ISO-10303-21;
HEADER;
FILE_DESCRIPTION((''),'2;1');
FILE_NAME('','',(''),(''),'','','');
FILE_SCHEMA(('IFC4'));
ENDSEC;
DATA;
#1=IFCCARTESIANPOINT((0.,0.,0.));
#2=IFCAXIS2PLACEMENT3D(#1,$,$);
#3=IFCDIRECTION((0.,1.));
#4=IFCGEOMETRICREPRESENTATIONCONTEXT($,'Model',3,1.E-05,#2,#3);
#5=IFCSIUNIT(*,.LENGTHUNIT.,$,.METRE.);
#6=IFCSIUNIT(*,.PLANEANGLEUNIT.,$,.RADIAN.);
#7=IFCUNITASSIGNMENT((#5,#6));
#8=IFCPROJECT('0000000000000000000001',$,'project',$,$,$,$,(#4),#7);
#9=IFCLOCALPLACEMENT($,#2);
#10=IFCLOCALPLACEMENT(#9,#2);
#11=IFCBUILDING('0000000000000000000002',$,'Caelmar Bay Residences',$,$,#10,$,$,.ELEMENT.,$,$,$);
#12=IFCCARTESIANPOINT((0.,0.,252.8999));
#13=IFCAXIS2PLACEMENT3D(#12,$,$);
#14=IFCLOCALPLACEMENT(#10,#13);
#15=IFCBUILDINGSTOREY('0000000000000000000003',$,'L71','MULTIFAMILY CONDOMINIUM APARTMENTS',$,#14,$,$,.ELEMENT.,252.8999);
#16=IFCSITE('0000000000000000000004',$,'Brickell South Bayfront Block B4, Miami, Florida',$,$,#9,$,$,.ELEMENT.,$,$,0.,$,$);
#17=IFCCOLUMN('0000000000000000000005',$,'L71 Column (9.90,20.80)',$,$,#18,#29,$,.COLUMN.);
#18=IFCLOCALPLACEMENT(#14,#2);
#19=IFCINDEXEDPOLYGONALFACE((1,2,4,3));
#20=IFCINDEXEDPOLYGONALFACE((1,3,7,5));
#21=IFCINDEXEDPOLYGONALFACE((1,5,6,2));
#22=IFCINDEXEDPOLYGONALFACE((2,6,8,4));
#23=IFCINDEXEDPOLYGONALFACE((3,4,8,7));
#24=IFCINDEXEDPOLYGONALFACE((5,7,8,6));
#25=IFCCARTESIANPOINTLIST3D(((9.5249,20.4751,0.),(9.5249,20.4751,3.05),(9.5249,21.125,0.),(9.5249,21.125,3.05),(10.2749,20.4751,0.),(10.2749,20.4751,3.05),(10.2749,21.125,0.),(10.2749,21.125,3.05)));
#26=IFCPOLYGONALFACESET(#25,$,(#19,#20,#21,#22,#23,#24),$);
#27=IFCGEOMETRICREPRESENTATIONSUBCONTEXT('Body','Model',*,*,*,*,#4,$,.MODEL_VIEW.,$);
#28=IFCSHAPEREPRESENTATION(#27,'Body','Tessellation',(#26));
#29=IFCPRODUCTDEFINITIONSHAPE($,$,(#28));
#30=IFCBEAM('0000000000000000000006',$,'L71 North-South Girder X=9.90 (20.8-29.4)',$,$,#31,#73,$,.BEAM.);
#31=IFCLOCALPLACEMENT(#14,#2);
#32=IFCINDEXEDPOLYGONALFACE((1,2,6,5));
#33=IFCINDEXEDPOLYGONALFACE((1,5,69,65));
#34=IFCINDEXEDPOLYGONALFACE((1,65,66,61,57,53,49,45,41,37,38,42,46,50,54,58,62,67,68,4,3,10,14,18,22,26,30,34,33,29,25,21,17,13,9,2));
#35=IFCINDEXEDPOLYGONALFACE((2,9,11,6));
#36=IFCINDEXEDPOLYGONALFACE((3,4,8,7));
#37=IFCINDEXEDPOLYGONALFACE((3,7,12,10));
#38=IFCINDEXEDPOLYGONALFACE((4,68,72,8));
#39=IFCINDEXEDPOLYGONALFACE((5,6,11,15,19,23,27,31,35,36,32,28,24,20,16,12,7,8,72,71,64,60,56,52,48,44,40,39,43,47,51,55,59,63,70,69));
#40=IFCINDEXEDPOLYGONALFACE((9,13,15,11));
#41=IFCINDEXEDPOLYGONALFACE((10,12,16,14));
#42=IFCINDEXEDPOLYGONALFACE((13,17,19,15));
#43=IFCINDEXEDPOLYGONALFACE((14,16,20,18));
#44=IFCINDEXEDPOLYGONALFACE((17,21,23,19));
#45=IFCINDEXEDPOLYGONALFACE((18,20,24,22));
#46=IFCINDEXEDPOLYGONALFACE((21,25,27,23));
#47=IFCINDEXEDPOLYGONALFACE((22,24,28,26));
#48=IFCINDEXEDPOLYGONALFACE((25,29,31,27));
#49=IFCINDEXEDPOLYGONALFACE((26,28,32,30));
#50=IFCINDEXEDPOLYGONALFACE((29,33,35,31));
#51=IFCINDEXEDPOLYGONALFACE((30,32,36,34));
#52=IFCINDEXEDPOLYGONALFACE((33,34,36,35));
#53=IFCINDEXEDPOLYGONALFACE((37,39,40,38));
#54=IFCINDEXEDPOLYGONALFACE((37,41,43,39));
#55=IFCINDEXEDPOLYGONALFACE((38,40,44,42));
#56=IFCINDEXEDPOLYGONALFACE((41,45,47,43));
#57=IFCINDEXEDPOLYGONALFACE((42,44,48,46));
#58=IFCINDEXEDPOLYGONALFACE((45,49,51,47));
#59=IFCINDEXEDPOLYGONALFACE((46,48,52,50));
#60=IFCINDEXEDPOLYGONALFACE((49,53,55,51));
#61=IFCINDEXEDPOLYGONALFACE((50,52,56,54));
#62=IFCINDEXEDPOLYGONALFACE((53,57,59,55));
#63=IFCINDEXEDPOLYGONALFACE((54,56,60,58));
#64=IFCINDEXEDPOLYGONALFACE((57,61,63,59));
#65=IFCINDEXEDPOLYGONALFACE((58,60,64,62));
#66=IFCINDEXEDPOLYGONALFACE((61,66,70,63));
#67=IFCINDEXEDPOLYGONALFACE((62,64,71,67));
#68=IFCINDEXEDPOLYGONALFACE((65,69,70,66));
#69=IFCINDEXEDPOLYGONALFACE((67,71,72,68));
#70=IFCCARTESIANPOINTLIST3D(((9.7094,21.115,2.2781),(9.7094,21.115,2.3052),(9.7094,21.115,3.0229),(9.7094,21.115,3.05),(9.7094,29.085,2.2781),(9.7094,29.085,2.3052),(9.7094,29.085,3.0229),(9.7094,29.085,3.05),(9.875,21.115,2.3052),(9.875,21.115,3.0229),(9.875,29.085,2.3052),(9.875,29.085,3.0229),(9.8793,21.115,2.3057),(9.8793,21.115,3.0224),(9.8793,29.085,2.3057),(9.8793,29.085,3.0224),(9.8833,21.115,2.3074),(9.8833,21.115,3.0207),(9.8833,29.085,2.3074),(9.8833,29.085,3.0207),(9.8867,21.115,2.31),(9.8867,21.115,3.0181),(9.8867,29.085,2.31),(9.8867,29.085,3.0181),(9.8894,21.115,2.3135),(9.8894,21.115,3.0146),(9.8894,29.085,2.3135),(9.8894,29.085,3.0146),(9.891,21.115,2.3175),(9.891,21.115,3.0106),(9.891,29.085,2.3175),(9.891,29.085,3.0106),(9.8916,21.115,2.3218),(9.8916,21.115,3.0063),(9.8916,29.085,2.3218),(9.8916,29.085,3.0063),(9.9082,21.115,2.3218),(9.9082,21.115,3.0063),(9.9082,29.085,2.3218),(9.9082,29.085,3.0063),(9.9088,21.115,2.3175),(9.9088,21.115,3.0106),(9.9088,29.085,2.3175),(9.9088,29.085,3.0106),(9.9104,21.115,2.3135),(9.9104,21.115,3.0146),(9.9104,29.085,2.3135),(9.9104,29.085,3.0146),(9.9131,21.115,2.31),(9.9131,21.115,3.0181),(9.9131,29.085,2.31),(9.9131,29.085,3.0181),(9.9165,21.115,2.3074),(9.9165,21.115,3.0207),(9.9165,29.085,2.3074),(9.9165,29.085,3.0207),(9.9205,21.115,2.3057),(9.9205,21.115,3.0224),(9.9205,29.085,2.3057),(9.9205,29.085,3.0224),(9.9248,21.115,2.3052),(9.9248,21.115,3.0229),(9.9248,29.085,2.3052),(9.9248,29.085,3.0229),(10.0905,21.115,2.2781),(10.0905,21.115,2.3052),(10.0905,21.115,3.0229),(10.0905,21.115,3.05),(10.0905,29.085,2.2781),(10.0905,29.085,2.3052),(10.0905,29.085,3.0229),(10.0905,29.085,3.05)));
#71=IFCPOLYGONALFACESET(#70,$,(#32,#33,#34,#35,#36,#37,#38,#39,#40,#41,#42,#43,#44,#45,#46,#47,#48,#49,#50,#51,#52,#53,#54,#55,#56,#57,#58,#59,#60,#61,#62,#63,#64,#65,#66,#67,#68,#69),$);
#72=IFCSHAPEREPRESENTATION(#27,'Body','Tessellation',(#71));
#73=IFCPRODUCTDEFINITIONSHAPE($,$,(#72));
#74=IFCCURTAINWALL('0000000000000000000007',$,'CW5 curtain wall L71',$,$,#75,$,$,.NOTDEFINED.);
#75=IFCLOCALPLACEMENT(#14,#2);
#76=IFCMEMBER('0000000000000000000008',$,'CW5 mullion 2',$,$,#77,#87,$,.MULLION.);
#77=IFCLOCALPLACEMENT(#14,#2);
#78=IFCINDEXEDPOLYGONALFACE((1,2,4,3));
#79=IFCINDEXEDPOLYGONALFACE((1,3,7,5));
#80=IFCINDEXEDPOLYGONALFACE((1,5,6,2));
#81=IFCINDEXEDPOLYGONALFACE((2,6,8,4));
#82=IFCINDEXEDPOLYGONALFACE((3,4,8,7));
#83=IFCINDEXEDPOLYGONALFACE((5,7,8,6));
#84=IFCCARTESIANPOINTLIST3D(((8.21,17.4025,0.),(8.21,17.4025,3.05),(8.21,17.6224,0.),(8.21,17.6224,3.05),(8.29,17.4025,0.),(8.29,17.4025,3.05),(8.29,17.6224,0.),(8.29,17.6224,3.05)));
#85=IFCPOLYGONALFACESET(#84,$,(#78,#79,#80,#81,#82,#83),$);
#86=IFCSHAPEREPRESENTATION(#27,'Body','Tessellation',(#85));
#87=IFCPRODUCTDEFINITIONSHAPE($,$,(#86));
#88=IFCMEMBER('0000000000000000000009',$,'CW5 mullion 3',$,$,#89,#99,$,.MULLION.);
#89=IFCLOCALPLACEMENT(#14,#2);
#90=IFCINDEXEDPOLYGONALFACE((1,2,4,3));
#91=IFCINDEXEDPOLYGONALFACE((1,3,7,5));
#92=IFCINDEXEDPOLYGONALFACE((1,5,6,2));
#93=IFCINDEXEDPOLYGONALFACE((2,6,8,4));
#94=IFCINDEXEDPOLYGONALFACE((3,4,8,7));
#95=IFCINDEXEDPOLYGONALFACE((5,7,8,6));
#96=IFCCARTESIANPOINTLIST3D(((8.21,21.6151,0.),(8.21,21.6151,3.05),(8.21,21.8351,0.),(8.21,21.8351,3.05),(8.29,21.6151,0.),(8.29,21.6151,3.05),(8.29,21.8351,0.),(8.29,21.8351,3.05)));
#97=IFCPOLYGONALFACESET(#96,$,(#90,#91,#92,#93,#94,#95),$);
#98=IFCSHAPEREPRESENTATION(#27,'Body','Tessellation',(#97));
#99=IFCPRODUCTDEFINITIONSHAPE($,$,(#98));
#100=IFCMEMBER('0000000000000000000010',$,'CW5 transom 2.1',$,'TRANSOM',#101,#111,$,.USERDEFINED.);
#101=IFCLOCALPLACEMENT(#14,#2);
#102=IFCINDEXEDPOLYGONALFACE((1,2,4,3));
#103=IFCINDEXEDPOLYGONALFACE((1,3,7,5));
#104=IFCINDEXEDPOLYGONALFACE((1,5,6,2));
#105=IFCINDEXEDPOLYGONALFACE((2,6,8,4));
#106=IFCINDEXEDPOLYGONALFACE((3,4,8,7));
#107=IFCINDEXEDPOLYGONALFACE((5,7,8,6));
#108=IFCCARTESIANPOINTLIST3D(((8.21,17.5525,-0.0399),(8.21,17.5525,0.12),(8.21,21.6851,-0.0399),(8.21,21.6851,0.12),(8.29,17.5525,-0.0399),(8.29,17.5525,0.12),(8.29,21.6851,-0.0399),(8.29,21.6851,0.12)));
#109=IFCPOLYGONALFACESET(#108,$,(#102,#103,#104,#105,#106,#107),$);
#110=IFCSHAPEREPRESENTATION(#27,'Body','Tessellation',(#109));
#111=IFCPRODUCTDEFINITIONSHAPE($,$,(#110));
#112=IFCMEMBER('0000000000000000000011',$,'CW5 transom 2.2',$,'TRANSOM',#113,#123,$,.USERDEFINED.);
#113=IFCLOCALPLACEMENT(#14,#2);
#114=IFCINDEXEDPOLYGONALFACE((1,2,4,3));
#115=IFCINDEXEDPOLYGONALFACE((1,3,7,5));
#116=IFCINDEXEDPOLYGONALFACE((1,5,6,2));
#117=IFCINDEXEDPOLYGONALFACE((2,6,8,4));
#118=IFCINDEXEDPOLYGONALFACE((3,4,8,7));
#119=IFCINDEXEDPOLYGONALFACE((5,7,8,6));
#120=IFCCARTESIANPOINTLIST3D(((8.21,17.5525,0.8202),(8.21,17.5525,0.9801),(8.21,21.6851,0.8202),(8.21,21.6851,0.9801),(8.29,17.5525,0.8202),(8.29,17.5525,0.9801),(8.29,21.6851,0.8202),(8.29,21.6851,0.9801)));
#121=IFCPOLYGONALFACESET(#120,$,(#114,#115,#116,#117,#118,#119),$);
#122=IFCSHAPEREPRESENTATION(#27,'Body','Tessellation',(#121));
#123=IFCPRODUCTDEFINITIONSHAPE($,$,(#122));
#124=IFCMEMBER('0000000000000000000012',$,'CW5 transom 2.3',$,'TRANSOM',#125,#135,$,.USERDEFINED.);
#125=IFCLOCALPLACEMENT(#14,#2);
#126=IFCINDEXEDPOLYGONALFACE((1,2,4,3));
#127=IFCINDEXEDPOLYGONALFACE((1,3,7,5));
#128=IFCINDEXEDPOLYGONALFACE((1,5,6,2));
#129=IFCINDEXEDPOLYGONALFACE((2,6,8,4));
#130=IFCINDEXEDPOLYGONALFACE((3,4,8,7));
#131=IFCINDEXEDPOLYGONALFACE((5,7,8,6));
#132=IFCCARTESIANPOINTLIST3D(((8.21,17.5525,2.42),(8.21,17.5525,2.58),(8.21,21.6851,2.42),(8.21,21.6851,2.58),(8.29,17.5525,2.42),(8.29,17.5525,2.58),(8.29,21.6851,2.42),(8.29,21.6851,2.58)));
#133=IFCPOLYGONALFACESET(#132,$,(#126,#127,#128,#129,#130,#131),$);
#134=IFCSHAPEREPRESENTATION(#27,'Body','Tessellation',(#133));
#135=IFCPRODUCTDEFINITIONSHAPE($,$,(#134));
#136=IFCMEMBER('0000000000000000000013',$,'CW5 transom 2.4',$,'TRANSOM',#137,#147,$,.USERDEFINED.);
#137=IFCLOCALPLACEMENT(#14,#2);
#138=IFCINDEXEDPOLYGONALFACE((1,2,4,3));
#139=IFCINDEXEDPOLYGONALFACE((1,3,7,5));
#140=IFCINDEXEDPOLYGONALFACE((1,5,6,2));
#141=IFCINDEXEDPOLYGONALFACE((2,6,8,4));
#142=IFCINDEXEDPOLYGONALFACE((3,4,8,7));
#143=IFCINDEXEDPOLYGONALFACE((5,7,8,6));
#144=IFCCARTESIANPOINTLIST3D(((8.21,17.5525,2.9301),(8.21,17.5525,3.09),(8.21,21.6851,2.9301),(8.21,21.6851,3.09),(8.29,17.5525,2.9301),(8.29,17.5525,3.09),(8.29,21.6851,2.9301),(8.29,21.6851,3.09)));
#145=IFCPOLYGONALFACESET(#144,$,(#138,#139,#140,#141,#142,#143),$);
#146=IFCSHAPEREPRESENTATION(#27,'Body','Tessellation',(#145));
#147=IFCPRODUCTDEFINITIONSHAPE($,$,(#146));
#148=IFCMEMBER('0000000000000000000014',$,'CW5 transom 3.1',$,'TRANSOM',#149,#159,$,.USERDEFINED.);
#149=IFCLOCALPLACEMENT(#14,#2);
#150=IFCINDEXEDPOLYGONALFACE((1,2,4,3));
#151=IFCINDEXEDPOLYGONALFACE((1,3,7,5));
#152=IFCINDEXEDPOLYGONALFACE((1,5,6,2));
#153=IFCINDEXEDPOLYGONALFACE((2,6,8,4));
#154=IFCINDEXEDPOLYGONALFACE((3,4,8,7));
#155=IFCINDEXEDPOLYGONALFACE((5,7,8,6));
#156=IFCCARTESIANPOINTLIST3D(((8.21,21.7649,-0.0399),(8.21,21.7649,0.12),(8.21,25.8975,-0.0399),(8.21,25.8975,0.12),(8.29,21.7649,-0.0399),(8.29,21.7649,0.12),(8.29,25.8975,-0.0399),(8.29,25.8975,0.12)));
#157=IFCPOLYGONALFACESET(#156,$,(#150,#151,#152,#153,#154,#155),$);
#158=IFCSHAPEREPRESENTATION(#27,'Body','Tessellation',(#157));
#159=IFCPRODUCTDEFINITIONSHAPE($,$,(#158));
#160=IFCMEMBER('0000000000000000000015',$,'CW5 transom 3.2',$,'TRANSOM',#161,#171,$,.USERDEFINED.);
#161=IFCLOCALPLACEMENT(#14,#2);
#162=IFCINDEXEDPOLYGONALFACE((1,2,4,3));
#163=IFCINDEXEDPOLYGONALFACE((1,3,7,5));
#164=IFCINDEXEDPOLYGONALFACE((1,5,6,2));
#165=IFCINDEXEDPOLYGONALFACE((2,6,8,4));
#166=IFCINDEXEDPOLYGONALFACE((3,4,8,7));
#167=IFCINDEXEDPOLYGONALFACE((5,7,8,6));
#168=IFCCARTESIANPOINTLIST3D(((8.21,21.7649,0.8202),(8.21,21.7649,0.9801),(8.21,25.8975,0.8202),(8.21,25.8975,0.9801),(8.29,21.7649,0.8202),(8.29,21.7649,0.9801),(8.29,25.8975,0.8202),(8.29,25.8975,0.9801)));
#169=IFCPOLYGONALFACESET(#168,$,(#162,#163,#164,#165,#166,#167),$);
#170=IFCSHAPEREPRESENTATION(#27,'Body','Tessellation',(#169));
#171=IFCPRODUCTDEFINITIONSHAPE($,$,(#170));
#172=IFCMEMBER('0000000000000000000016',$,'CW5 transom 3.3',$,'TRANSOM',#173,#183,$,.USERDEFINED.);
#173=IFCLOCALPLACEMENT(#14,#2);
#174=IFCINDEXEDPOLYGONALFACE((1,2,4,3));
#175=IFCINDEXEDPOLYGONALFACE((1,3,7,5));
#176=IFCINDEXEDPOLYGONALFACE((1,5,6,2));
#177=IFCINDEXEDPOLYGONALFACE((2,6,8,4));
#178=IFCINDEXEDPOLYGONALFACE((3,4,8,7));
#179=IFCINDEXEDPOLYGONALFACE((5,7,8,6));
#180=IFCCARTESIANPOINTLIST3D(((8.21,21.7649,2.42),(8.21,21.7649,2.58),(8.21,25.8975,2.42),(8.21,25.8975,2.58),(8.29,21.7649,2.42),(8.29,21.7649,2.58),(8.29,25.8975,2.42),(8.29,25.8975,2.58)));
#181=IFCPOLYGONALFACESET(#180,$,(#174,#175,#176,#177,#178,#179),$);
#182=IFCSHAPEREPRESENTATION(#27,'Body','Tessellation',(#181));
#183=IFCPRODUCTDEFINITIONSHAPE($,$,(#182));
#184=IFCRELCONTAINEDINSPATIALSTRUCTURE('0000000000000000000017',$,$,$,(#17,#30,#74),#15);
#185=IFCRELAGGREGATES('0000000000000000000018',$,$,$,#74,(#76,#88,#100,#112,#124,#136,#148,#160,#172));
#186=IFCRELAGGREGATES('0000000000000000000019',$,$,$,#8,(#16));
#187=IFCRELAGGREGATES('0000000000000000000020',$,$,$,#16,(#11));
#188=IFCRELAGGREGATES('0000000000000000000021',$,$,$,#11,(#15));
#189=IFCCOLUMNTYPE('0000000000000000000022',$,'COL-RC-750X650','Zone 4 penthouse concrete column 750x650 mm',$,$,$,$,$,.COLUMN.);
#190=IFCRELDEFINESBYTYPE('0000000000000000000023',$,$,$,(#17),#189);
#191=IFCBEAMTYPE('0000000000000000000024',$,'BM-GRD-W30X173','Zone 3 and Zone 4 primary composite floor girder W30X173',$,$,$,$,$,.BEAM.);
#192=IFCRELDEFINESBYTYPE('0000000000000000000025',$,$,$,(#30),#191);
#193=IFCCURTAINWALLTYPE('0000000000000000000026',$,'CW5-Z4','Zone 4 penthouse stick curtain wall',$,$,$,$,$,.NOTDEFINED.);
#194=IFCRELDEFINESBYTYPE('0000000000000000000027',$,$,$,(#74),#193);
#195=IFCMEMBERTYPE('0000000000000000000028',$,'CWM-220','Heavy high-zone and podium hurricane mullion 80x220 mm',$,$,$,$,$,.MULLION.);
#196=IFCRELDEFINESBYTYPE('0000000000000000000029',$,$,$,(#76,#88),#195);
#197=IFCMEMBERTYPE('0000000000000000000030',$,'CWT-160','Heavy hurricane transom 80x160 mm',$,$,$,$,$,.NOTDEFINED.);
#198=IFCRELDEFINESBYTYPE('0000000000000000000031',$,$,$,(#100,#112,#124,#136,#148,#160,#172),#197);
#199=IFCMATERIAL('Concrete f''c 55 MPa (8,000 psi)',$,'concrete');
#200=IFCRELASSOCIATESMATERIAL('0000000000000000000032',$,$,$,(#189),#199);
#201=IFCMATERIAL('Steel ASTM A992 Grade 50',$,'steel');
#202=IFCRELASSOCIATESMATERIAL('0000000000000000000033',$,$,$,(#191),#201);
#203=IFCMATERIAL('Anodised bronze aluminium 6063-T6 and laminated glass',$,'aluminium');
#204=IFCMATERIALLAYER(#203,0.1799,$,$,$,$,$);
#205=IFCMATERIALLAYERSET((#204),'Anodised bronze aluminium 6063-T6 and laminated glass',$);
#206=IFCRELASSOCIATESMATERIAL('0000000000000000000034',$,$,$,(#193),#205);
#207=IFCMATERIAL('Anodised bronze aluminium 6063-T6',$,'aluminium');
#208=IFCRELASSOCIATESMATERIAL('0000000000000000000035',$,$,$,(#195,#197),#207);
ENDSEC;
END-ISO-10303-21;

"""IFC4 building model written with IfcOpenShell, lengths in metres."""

from ifc_helpers import new_model, si_unit, direction, frame, origin, origin_2d, place, context, subcontext, project, spatial, rectangle, i_section, extrude, material, layer, layer_set, material_profile, profile_set, type_object, element, aggregate, save


model = new_model("IFC4")

# Units and contexts
model_context = context("Model", 3, precision=1e-05, world=origin(), true_north=direction((0.0, 1.0)))
body_context = subcontext(model_context, "Body", "Model", "MODEL_VIEW")
ifc_project = project(units=[si_unit("LENGTHUNIT", "METRE"), si_unit("PLANEANGLEUNIT", "RADIAN")], contexts=[model_context])

# Site, building, storey
site_placement = place(None, origin())
site = spatial("IfcSite", under=ifc_project, at=site_placement, Name="Brickell South Bayfront Block B4, Miami, Florida", CompositionType="ELEMENT", RefElevation=0.0)
building_placement = place(site_placement, origin())
building = spatial("IfcBuilding", under=site, at=building_placement, Name="Caelmar Bay Residences", CompositionType="ELEMENT")
storey_placement = place(building_placement, frame((0.0, 0.0, 252.8999)))
storey = spatial("IfcBuildingStorey", under=building, at=storey_placement, Name="L71", Description="MULTIFAMILY CONDOMINIUM APARTMENTS", CompositionType="ELEMENT", Elevation=252.8999)

# Column
ifc_material_1 = material(Name="Concrete f'c 55 MPa (8,000 psi)", Category="concrete")
ifc_material_profile_1 = material_profile(ifc_material_1, rectangle(XDim=0.75, YDim=0.6499, at=origin_2d()), Name="RC-COL-750X650")
ifc_profile_set_1 = profile_set([ifc_material_profile_1], Name="Concrete f'c 55 MPa (8,000 psi)")
column_type = type_object("IfcColumnType", Name="COL-RC-750X650", Description="Zone 4 penthouse concrete column 750x650 mm", PredefinedType="COLUMN", material=ifc_profile_set_1)
column_placement = place(storey_placement, frame((9.8999, 20.8, 0.0), z_axis=(0.0, 0.0, 1.0), x_axis=(1.0, 0.0, 0.0)))
element("IfcColumn", 1, at=column_placement, inside=storey, type_object=column_type, Name="L71 Column (9.90,20.80)", PredefinedType="COLUMN", context=body_context, shape_type="SweptSolid", body=[
    extrude(rectangle(XDim=0.75, YDim=0.6499, at=origin_2d()), origin(), (0.0, 0.0, 1.0), 3.05),
])

# Beam
ifc_material_2 = material(Name="Steel ASTM A992 Grade 50", Category="steel")
ifc_material_profile_2 = material_profile(ifc_material_2, i_section(OverallWidth=0.3811, OverallDepth=0.772, WebThickness=0.0166, FlangeThickness=0.0271, FilletRadius=0.0166, at=origin_2d()), Name="W30X173")
ifc_profile_set_2 = profile_set([ifc_material_profile_2], Name="Steel ASTM A992 Grade 50")
beam_type = type_object("IfcBeamType", Name="BM-GRD-W30X173", Description="Zone 3 and Zone 4 primary composite floor girder W30X173", PredefinedType="BEAM", material=ifc_profile_set_2)
beam_placement = place(storey_placement, frame((9.8999, 21.115, 2.6641), z_axis=(0.0, 1.0, 0.0), x_axis=(-1.0, 0.0, 0.0)))
element("IfcBeam", 2, at=beam_placement, inside=storey, type_object=beam_type, Name="L71 North-South Girder X=9.90 (20.8-29.4)", PredefinedType="BEAM", context=body_context, shape_type="SweptSolid", body=[
    extrude(i_section(OverallWidth=0.3811, OverallDepth=0.772, WebThickness=0.0166, FlangeThickness=0.0271, FilletRadius=0.0166, at=origin_2d()), origin(), (0.0, 0.0, 1.0), 7.97),
])

# Curtain wall, members
ifc_material_3 = material(Name="Anodised bronze aluminium 6063-T6 and laminated glass", Category="aluminium")
ifc_layer_1 = layer(ifc_material_3, 0.1799)
ifc_layer_set_1 = layer_set([ifc_layer_1], Name="Anodised bronze aluminium 6063-T6 and laminated glass")
curtain_wall_type = type_object("IfcCurtainWallType", Name="CW5-Z4", Description="Zone 4 penthouse stick curtain wall", PredefinedType="NOTDEFINED", material=ifc_layer_set_1)
curtain_wall_placement = place(storey_placement, origin())
curtain_wall = element("IfcCurtainWall", 3, at=curtain_wall_placement, inside=storey, type_object=curtain_wall_type, Name="CW5 curtain wall L71", PredefinedType="NOTDEFINED")
ifc_material_4 = material(Name="Anodised bronze aluminium 6063-T6", Category="aluminium")
ifc_material_profile_3 = material_profile(ifc_material_4, rectangle(XDim=0.0801, YDim=0.22, at=origin_2d()), Name="CWM-80X220")
ifc_profile_set_3 = profile_set([ifc_material_profile_3], Name="Anodised bronze aluminium 6063-T6")
member_type_1 = type_object("IfcMemberType", Name="CWM-220", Description="Heavy high-zone and podium hurricane mullion 80x220 mm", PredefinedType="MULLION", material=ifc_profile_set_3)
member_1_placement = place(storey_placement, frame((8.25, 17.5125, 0.0), z_axis=(0.0, 0.0, 1.0), x_axis=(-1.0, 0.0, 0.0)))
member_1 = element("IfcMember", 4, at=member_1_placement, type_object=member_type_1, Name="CW5 mullion 2", PredefinedType="MULLION", context=body_context, shape_type="SweptSolid", body=[
    extrude(rectangle(XDim=0.0801, YDim=0.22, at=origin_2d()), origin(), (0.0, 0.0, 1.0), 3.05),
])
member_2_placement = place(storey_placement, frame((8.25, 21.7251, 0.0), z_axis=(0.0, 0.0, 1.0), x_axis=(-1.0, 0.0, 0.0)))
member_2 = element("IfcMember", 5, at=member_2_placement, type_object=member_type_1, Name="CW5 mullion 3", PredefinedType="MULLION", context=body_context, shape_type="SweptSolid", body=[
    extrude(rectangle(XDim=0.0801, YDim=0.22, at=origin_2d()), origin(), (0.0, 0.0, 1.0), 3.05),
])
ifc_material_profile_4 = material_profile(ifc_material_4, rectangle(XDim=0.0801, YDim=0.1599, at=origin_2d()), Name="CWT-80X160")
ifc_profile_set_4 = profile_set([ifc_material_profile_4], Name="Anodised bronze aluminium 6063-T6")
member_type_2 = type_object("IfcMemberType", Name="CWT-160", Description="Heavy hurricane transom 80x160 mm", PredefinedType="NOTDEFINED", material=ifc_profile_set_4)
member_3_placement = place(storey_placement, frame((8.25, 17.5525, 0.04), z_axis=(0.0, 1.0, 0.0), x_axis=(-1.0, 0.0, 0.0)))
member_3 = element("IfcMember", 6, at=member_3_placement, type_object=member_type_2, Name="CW5 transom 2.1", ObjectType="TRANSOM", PredefinedType="USERDEFINED", context=body_context, shape_type="SweptSolid", body=[
    extrude(rectangle(XDim=0.0801, YDim=0.1599, at=origin_2d()), origin(), (0.0, 0.0, 1.0), 4.1326),
])
member_4_placement = place(storey_placement, frame((8.25, 17.5525, 0.9001), z_axis=(0.0, 1.0, 0.0), x_axis=(-1.0, 0.0, 0.0)))
member_4 = element("IfcMember", 7, at=member_4_placement, type_object=member_type_2, Name="CW5 transom 2.2", ObjectType="TRANSOM", PredefinedType="USERDEFINED", context=body_context, shape_type="SweptSolid", body=[
    extrude(rectangle(XDim=0.0801, YDim=0.1599, at=origin_2d()), origin(), (0.0, 0.0, 1.0), 4.1326),
])
member_5_placement = place(storey_placement, frame((8.25, 17.5525, 2.5), z_axis=(0.0, 1.0, 0.0), x_axis=(-1.0, 0.0, 0.0)))
member_5 = element("IfcMember", 8, at=member_5_placement, type_object=member_type_2, Name="CW5 transom 2.3", ObjectType="TRANSOM", PredefinedType="USERDEFINED", context=body_context, shape_type="SweptSolid", body=[
    extrude(rectangle(XDim=0.0801, YDim=0.1599, at=origin_2d()), origin(), (0.0, 0.0, 1.0), 4.1326),
])
member_6_placement = place(storey_placement, frame((8.25, 17.5525, 3.01), z_axis=(0.0, 1.0, 0.0), x_axis=(-1.0, 0.0, 0.0)))
member_6 = element("IfcMember", 9, at=member_6_placement, type_object=member_type_2, Name="CW5 transom 2.4", ObjectType="TRANSOM", PredefinedType="USERDEFINED", context=body_context, shape_type="SweptSolid", body=[
    extrude(rectangle(XDim=0.0801, YDim=0.1599, at=origin_2d()), origin(), (0.0, 0.0, 1.0), 4.1326),
])
member_7_placement = place(storey_placement, frame((8.25, 21.7649, 0.04), z_axis=(0.0, 1.0, 0.0), x_axis=(-1.0, 0.0, 0.0)))
member_7 = element("IfcMember", 10, at=member_7_placement, type_object=member_type_2, Name="CW5 transom 3.1", ObjectType="TRANSOM", PredefinedType="USERDEFINED", context=body_context, shape_type="SweptSolid", body=[
    extrude(rectangle(XDim=0.0801, YDim=0.1599, at=origin_2d()), origin(), (0.0, 0.0, 1.0), 4.1326),
])
member_8_placement = place(storey_placement, frame((8.25, 21.7649, 0.9001), z_axis=(0.0, 1.0, 0.0), x_axis=(-1.0, 0.0, 0.0)))
member_8 = element("IfcMember", 11, at=member_8_placement, type_object=member_type_2, Name="CW5 transom 3.2", ObjectType="TRANSOM", PredefinedType="USERDEFINED", context=body_context, shape_type="SweptSolid", body=[
    extrude(rectangle(XDim=0.0801, YDim=0.1599, at=origin_2d()), origin(), (0.0, 0.0, 1.0), 4.1326),
])
member_9_placement = place(storey_placement, frame((8.25, 21.7649, 2.5), z_axis=(0.0, 1.0, 0.0), x_axis=(-1.0, 0.0, 0.0)))
member_9 = element("IfcMember", 12, at=member_9_placement, type_object=member_type_2, Name="CW5 transom 3.3", ObjectType="TRANSOM", PredefinedType="USERDEFINED", context=body_context, shape_type="SweptSolid", body=[
    extrude(rectangle(XDim=0.0801, YDim=0.1599, at=origin_2d()), origin(), (0.0, 0.0, 1.0), 4.1326),
])
aggregate(curtain_wall, [member_1, member_2, member_3, member_4, member_5, member_6, member_7, member_8, member_9])

save(model, "model.ifc")
